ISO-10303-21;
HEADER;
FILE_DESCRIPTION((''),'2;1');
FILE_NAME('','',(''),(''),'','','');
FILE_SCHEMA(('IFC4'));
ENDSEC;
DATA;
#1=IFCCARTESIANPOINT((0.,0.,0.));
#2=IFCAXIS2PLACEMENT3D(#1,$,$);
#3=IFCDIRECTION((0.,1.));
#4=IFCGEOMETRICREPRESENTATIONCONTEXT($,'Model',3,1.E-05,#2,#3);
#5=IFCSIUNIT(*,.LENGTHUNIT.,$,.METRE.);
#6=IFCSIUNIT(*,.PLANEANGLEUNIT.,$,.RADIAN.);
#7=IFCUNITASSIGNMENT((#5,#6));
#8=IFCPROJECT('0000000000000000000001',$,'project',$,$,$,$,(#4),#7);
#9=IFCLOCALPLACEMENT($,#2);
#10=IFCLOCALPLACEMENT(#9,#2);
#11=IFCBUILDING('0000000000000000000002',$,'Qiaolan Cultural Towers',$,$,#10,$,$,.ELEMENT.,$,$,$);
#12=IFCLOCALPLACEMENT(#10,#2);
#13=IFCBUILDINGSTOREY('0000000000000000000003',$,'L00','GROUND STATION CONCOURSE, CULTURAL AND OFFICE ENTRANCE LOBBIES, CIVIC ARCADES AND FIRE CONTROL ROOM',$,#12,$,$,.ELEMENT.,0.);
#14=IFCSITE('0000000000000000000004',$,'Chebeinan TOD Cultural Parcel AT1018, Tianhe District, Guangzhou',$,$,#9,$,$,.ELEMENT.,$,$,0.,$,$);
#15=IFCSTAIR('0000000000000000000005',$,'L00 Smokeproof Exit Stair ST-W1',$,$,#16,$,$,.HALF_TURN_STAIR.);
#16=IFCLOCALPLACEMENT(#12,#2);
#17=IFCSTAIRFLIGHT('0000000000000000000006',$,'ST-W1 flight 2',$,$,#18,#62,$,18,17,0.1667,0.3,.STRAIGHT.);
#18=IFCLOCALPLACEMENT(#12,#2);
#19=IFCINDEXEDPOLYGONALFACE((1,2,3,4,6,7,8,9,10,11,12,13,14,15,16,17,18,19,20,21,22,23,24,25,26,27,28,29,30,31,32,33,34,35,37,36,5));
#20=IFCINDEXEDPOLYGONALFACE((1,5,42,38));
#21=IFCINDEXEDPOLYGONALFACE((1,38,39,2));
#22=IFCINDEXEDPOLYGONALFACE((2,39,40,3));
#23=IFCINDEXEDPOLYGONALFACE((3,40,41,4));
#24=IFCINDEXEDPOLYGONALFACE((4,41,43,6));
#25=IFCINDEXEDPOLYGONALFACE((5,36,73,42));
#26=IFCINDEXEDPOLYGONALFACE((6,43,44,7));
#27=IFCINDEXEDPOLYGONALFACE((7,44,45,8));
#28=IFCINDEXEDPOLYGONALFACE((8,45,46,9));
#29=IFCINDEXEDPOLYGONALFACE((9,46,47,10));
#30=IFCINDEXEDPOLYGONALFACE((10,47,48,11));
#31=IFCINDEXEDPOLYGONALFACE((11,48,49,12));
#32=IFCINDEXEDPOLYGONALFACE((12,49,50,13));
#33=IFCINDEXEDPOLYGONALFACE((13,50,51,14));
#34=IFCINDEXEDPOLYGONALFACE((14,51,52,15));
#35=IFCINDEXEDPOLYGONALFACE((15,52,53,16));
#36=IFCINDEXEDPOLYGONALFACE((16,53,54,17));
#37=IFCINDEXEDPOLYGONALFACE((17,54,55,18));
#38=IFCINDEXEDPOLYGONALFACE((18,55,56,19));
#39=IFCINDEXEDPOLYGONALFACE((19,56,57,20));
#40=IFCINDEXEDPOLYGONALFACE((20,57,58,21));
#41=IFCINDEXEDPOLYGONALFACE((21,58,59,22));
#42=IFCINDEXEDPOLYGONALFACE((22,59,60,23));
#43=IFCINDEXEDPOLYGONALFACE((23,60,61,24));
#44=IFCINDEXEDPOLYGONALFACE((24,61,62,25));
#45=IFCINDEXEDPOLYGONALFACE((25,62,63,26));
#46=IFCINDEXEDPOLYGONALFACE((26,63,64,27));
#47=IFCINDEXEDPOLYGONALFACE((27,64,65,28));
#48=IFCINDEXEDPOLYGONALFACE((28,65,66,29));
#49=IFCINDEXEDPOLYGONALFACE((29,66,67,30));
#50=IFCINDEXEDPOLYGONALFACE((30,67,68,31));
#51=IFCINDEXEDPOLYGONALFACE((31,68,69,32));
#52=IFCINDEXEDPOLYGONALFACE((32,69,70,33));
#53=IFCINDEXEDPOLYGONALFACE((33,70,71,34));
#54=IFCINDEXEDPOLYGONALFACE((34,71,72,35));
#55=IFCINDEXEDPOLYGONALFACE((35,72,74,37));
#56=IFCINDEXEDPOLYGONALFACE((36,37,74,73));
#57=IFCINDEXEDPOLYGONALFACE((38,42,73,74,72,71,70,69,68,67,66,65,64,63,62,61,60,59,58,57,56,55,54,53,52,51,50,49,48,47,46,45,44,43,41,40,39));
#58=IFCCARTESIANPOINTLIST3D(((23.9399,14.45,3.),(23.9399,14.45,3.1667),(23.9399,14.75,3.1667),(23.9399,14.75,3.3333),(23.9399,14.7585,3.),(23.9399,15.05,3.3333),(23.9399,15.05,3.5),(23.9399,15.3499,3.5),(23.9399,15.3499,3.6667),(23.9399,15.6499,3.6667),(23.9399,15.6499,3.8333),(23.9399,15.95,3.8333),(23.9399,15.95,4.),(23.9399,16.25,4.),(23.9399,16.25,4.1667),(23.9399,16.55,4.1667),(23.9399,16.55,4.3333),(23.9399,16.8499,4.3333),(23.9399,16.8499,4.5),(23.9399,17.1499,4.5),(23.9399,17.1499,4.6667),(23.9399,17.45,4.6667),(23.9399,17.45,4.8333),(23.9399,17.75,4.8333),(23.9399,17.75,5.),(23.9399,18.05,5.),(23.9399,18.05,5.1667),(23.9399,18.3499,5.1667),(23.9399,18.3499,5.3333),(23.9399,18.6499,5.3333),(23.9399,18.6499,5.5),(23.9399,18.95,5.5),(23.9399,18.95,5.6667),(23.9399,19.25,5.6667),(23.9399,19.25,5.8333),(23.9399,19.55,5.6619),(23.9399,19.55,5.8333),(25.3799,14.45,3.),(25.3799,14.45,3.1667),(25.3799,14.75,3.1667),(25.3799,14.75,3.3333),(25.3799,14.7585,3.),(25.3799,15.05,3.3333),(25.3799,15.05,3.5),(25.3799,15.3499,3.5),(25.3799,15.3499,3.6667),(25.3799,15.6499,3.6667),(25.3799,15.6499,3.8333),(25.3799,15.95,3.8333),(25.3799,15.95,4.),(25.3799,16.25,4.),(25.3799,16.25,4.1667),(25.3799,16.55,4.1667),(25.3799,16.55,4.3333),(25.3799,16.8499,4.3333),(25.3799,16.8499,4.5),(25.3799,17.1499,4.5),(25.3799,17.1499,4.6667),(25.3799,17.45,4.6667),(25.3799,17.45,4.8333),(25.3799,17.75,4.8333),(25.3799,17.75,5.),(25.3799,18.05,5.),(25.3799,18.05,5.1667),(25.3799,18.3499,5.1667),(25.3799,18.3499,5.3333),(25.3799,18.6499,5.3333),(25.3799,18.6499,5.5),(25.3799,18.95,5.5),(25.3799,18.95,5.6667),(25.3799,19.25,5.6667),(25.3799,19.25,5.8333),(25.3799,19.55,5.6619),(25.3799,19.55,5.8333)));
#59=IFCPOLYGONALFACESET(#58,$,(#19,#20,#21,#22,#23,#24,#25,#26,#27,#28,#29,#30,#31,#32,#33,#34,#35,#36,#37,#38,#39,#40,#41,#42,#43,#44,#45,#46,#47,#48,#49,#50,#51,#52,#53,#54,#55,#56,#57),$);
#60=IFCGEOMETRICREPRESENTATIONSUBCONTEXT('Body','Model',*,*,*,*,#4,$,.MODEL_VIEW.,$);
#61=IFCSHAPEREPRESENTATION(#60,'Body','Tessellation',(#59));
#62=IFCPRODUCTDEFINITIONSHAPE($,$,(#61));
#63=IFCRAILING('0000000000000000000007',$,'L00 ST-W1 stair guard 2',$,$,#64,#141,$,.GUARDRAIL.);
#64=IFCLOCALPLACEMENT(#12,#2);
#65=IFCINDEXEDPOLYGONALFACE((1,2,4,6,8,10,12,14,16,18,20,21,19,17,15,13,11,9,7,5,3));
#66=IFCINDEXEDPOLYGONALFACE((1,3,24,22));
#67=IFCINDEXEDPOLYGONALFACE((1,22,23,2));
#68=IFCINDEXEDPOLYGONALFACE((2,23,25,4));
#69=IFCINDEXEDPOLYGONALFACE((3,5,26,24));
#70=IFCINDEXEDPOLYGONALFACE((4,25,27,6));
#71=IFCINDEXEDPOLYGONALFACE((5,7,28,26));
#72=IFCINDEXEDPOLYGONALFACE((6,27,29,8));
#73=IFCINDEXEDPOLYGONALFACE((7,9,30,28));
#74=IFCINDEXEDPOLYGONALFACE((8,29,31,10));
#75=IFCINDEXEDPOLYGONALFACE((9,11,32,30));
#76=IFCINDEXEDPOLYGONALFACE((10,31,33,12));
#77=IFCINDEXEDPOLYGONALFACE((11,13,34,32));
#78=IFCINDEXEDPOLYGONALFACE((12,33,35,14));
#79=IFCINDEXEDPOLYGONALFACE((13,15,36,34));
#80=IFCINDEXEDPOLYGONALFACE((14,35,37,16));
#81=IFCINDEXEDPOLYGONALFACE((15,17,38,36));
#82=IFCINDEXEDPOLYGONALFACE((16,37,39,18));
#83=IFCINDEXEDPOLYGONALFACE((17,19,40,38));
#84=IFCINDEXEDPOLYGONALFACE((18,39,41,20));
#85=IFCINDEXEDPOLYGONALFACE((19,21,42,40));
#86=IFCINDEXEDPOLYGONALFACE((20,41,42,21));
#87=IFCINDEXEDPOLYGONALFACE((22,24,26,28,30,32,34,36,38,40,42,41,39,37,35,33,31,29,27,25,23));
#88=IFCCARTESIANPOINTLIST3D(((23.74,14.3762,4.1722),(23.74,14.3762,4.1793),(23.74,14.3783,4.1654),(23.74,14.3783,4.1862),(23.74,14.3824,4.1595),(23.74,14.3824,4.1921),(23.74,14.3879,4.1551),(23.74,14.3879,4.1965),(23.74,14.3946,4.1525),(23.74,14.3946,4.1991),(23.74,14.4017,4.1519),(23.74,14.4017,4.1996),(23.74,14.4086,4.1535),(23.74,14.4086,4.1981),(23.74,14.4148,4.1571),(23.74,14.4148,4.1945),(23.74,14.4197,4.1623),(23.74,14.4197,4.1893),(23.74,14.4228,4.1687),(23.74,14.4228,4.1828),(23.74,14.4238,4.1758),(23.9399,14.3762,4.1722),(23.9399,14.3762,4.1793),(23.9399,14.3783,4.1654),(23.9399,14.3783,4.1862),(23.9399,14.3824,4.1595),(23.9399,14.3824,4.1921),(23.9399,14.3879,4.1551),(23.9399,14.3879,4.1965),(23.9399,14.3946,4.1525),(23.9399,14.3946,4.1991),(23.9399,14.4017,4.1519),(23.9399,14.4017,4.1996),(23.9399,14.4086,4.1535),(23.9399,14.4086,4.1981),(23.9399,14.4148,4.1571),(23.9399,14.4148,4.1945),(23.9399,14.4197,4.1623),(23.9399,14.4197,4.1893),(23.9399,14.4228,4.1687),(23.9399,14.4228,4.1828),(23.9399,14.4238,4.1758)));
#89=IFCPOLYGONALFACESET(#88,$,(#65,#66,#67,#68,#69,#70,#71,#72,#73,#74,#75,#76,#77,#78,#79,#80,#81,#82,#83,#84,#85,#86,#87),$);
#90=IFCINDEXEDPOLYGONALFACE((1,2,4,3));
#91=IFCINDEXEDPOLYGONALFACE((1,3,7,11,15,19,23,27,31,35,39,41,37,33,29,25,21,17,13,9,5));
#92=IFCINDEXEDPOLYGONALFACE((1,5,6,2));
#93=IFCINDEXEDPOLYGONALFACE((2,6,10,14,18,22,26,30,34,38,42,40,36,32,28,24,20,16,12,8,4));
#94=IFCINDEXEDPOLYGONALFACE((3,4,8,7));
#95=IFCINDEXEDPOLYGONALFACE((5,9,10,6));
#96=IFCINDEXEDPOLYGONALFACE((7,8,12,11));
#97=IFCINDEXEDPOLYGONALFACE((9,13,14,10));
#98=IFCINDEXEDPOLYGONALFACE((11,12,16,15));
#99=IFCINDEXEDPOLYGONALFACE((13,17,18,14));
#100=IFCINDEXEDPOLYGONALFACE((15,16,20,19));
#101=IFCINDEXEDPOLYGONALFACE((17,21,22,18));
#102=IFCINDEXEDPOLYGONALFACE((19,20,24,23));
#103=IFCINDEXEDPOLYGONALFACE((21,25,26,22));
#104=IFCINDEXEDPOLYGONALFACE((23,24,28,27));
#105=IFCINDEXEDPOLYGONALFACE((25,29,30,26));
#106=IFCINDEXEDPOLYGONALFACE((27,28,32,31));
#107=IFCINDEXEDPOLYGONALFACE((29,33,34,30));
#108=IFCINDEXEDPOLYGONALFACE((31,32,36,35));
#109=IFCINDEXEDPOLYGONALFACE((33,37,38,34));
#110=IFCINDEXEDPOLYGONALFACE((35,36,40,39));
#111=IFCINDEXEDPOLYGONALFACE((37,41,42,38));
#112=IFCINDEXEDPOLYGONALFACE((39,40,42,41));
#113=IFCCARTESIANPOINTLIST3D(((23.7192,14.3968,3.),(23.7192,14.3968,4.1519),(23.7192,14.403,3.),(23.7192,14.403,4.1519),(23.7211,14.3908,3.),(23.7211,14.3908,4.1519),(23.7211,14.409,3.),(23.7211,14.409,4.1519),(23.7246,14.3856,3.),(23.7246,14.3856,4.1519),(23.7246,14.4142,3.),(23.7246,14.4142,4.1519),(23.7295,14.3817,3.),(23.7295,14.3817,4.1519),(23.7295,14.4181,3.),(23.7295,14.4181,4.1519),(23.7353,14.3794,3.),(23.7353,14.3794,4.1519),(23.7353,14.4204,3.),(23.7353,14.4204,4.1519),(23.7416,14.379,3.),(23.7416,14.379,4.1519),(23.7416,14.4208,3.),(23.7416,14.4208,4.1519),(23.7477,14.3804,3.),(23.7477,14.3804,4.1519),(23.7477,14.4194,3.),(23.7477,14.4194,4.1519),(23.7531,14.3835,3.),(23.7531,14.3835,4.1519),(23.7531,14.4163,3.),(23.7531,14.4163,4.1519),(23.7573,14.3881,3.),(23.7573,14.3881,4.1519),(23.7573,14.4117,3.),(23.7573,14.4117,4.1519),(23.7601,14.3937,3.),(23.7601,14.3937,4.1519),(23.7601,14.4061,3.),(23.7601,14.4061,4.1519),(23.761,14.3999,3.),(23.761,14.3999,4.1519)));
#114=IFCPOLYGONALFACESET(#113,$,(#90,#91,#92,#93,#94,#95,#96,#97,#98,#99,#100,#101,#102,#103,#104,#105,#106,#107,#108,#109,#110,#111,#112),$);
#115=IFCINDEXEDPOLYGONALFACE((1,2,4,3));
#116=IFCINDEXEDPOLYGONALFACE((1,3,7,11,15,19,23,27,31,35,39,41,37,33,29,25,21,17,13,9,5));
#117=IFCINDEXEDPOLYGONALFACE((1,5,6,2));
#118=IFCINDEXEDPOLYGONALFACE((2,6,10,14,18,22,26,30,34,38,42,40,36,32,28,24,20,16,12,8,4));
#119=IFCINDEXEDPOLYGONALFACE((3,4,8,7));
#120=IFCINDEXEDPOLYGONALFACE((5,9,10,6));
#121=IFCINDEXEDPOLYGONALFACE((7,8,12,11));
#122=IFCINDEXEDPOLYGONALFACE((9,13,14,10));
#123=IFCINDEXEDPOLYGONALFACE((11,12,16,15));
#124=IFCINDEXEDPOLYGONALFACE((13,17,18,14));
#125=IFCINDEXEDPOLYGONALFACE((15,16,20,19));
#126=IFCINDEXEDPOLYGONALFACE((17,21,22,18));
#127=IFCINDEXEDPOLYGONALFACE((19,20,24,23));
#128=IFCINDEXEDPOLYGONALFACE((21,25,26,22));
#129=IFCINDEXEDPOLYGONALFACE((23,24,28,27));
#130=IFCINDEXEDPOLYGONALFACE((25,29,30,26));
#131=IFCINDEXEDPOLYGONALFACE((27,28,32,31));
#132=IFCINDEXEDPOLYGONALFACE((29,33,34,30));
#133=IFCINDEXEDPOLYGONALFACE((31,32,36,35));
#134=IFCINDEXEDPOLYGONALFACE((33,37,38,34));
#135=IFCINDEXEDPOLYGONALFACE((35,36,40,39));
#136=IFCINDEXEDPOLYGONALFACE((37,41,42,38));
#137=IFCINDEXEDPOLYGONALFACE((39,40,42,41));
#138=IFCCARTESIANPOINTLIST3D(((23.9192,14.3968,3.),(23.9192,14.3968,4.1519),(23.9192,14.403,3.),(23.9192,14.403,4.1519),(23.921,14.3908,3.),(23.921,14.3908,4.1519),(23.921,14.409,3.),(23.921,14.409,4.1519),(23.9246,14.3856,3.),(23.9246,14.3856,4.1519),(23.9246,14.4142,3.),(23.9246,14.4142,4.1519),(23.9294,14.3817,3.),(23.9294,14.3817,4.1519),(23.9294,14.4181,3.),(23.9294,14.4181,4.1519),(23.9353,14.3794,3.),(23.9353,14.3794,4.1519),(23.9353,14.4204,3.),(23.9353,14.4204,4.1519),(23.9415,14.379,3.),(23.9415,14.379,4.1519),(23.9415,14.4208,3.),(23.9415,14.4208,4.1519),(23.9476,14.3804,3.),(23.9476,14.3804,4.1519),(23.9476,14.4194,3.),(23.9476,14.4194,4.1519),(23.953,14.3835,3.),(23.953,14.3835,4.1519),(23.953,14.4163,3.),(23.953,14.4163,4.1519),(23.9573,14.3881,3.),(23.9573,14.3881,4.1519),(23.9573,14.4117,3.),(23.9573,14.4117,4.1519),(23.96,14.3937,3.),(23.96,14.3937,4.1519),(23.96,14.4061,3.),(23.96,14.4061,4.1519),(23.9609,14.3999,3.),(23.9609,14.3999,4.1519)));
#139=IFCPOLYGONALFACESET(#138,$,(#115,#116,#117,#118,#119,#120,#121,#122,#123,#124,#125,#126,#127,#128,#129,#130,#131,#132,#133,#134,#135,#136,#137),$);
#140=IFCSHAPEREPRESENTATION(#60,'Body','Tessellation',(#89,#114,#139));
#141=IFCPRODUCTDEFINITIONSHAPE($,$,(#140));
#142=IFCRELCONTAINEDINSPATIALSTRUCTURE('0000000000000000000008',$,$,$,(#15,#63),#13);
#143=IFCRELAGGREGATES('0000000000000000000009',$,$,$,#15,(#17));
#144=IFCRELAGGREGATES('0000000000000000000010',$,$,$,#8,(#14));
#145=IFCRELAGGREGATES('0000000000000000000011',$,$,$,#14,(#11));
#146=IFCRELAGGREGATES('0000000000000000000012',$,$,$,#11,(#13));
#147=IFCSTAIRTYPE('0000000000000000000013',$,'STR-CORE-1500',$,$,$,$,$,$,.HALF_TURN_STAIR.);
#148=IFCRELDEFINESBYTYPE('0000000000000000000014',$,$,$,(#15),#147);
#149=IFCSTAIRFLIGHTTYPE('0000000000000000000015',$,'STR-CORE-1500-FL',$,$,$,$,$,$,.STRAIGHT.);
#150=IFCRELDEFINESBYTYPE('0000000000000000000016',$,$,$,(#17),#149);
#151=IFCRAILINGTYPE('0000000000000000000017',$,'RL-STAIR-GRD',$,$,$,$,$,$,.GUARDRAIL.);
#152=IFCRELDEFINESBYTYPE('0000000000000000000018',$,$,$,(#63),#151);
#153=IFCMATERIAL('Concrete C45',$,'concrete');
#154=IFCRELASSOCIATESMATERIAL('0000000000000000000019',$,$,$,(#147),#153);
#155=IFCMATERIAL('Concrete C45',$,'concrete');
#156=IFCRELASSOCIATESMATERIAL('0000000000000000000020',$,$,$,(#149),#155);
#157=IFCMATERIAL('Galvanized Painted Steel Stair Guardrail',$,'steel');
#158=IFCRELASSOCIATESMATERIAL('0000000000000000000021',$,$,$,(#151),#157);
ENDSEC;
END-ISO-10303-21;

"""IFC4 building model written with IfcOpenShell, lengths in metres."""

from ifc_helpers import new_model, si_unit, direction, frame, origin, origin_2d, place, context, subcontext, project, spatial, polyline, circle, outline, extrude, material, type_object, element, aggregate, save


model = new_model("IFC4")

# Units and contexts
model_context = context("Model", 3, precision=1e-05, world=origin(), true_north=direction((0.0, 1.0)))
body_context = subcontext(model_context, "Body", "Model", "MODEL_VIEW")
ifc_project = project(units=[si_unit("LENGTHUNIT", "METRE"), si_unit("PLANEANGLEUNIT", "RADIAN")], contexts=[model_context])

# Site, building, storey
site_placement = place(None, origin())
site = spatial("IfcSite", under=ifc_project, at=site_placement, Name="Chebeinan TOD Cultural Parcel AT1018, Tianhe District, Guangzhou", CompositionType="ELEMENT", RefElevation=0.0)
building_placement = place(site_placement, origin())
building = spatial("IfcBuilding", under=site, at=building_placement, Name="Qiaolan Cultural Towers", CompositionType="ELEMENT")
storey_placement = place(building_placement, origin())
storey = spatial("IfcBuildingStorey", under=building, at=storey_placement, Name="L00", Description="GROUND STATION CONCOURSE, CULTURAL AND OFFICE ENTRANCE LOBBIES, CIVIC ARCADES AND FIRE CONTROL ROOM", CompositionType="ELEMENT", Elevation=0.0)

# Stair, stair flight
ifc_material_1 = material(Name="Concrete C45", Category="concrete")
stair_type = type_object("IfcStairType", Name="STR-CORE-1500", PredefinedType="HALF_TURN_STAIR", material=ifc_material_1)
stair_placement = place(storey_placement, origin())
stair = element("IfcStair", 1, at=stair_placement, inside=storey, type_object=stair_type, Name="L00 Smokeproof Exit Stair ST-W1", PredefinedType="HALF_TURN_STAIR")
ifc_material_2 = material(Name="Concrete C45", Category="concrete")
stair_flight_type = type_object("IfcStairFlightType", Name="STR-CORE-1500-FL", PredefinedType="STRAIGHT", material=ifc_material_2)
stair_flight_placement = place(storey_placement, frame((24.6599, 14.45, 3.0), z_axis=(0.0, 0.0, 1.0), x_axis=(0.0, 1.0, 0.0)))
stair_flight = element("IfcStairFlight", 2, at=stair_flight_placement, type_object=stair_flight_type, Name="ST-W1 flight 2", NumberOfRisers=18, NumberOfTreads=17, PredefinedType="STRAIGHT", RiserHeight=0.1667, TreadLength=0.3, context=body_context, shape_type="SweptSolid", body=[
    extrude(outline(polyline([(0.0, 0.0), (0.0, 0.1667), (0.3, 0.1667), (0.3, 0.3333), (0.6001, 0.3333), (0.6001, 0.5), (0.8999, 0.5), (0.8999, 0.6667), (1.2, 0.6667), (1.2, 0.8333), (1.5, 0.8333), (1.5, 1.0), (1.8, 1.0), (1.8, 1.1667), (2.1001, 1.1667), (2.1001, 1.3333), (2.3999, 1.3333), (2.3999, 1.5), (2.7, 1.5), (2.7, 1.6667), (3.0, 1.6667), (3.0, 1.8333), (3.3, 1.8333), (3.3, 2.0), (3.6001, 2.0), (3.6001, 2.1667), (3.8999, 2.1667), (3.8999, 2.3333), (4.2, 2.3333), (4.2, 2.5), (4.5, 2.5), (4.5, 2.6667), (4.8, 2.6667), (4.8, 2.8333), (5.1001, 2.8333), (5.1001, 3.0), (5.1001, 2.6619), (0.3086, 0.0), (0.0, 0.0)])), frame((0.0, 0.72, 0.0), z_axis=(0.0, -1.0, 0.0), x_axis=(1.0, 0.0, 0.0)), (0.0, 0.0, 1.0), 1.4399),
])
aggregate(stair, [stair_flight])

# Railing
ifc_material_3 = material(Name="Galvanized Painted Steel Stair Guardrail", Category="steel")
railing_type_1 = type_object("IfcRailingType", Name="RL-STAIR-GRD", PredefinedType="GUARDRAIL", material=ifc_material_3)
railing_1_placement = place(storey_placement, frame((23.74, 14.3999, 3.0)))
element("IfcRailing", 3, at=railing_1_placement, inside=storey, type_object=railing_type_1, Name="L00 ST-W1 stair guard 2", PredefinedType="GUARDRAIL", context=body_context, shape_type="SweptSolid", body=[
    extrude(circle(Radius=0.0239, at=origin_2d()), frame((0.0, 0.0, 1.1758), z_axis=(1.0, 0.0, 0.0), x_axis=(0.0, 1.0, 0.0)), (0.0, 0.0, 1.0), 0.2),
    extrude(circle(Radius=0.021, at=origin_2d()), origin(), (0.0, 0.0, 1.0), 1.1519),
    extrude(circle(Radius=0.021, at=origin_2d()), frame((0.2, 0.0, 0.0)), (0.0, 0.0, 1.0), 1.1519),
])

save(model, "model.ifc")
